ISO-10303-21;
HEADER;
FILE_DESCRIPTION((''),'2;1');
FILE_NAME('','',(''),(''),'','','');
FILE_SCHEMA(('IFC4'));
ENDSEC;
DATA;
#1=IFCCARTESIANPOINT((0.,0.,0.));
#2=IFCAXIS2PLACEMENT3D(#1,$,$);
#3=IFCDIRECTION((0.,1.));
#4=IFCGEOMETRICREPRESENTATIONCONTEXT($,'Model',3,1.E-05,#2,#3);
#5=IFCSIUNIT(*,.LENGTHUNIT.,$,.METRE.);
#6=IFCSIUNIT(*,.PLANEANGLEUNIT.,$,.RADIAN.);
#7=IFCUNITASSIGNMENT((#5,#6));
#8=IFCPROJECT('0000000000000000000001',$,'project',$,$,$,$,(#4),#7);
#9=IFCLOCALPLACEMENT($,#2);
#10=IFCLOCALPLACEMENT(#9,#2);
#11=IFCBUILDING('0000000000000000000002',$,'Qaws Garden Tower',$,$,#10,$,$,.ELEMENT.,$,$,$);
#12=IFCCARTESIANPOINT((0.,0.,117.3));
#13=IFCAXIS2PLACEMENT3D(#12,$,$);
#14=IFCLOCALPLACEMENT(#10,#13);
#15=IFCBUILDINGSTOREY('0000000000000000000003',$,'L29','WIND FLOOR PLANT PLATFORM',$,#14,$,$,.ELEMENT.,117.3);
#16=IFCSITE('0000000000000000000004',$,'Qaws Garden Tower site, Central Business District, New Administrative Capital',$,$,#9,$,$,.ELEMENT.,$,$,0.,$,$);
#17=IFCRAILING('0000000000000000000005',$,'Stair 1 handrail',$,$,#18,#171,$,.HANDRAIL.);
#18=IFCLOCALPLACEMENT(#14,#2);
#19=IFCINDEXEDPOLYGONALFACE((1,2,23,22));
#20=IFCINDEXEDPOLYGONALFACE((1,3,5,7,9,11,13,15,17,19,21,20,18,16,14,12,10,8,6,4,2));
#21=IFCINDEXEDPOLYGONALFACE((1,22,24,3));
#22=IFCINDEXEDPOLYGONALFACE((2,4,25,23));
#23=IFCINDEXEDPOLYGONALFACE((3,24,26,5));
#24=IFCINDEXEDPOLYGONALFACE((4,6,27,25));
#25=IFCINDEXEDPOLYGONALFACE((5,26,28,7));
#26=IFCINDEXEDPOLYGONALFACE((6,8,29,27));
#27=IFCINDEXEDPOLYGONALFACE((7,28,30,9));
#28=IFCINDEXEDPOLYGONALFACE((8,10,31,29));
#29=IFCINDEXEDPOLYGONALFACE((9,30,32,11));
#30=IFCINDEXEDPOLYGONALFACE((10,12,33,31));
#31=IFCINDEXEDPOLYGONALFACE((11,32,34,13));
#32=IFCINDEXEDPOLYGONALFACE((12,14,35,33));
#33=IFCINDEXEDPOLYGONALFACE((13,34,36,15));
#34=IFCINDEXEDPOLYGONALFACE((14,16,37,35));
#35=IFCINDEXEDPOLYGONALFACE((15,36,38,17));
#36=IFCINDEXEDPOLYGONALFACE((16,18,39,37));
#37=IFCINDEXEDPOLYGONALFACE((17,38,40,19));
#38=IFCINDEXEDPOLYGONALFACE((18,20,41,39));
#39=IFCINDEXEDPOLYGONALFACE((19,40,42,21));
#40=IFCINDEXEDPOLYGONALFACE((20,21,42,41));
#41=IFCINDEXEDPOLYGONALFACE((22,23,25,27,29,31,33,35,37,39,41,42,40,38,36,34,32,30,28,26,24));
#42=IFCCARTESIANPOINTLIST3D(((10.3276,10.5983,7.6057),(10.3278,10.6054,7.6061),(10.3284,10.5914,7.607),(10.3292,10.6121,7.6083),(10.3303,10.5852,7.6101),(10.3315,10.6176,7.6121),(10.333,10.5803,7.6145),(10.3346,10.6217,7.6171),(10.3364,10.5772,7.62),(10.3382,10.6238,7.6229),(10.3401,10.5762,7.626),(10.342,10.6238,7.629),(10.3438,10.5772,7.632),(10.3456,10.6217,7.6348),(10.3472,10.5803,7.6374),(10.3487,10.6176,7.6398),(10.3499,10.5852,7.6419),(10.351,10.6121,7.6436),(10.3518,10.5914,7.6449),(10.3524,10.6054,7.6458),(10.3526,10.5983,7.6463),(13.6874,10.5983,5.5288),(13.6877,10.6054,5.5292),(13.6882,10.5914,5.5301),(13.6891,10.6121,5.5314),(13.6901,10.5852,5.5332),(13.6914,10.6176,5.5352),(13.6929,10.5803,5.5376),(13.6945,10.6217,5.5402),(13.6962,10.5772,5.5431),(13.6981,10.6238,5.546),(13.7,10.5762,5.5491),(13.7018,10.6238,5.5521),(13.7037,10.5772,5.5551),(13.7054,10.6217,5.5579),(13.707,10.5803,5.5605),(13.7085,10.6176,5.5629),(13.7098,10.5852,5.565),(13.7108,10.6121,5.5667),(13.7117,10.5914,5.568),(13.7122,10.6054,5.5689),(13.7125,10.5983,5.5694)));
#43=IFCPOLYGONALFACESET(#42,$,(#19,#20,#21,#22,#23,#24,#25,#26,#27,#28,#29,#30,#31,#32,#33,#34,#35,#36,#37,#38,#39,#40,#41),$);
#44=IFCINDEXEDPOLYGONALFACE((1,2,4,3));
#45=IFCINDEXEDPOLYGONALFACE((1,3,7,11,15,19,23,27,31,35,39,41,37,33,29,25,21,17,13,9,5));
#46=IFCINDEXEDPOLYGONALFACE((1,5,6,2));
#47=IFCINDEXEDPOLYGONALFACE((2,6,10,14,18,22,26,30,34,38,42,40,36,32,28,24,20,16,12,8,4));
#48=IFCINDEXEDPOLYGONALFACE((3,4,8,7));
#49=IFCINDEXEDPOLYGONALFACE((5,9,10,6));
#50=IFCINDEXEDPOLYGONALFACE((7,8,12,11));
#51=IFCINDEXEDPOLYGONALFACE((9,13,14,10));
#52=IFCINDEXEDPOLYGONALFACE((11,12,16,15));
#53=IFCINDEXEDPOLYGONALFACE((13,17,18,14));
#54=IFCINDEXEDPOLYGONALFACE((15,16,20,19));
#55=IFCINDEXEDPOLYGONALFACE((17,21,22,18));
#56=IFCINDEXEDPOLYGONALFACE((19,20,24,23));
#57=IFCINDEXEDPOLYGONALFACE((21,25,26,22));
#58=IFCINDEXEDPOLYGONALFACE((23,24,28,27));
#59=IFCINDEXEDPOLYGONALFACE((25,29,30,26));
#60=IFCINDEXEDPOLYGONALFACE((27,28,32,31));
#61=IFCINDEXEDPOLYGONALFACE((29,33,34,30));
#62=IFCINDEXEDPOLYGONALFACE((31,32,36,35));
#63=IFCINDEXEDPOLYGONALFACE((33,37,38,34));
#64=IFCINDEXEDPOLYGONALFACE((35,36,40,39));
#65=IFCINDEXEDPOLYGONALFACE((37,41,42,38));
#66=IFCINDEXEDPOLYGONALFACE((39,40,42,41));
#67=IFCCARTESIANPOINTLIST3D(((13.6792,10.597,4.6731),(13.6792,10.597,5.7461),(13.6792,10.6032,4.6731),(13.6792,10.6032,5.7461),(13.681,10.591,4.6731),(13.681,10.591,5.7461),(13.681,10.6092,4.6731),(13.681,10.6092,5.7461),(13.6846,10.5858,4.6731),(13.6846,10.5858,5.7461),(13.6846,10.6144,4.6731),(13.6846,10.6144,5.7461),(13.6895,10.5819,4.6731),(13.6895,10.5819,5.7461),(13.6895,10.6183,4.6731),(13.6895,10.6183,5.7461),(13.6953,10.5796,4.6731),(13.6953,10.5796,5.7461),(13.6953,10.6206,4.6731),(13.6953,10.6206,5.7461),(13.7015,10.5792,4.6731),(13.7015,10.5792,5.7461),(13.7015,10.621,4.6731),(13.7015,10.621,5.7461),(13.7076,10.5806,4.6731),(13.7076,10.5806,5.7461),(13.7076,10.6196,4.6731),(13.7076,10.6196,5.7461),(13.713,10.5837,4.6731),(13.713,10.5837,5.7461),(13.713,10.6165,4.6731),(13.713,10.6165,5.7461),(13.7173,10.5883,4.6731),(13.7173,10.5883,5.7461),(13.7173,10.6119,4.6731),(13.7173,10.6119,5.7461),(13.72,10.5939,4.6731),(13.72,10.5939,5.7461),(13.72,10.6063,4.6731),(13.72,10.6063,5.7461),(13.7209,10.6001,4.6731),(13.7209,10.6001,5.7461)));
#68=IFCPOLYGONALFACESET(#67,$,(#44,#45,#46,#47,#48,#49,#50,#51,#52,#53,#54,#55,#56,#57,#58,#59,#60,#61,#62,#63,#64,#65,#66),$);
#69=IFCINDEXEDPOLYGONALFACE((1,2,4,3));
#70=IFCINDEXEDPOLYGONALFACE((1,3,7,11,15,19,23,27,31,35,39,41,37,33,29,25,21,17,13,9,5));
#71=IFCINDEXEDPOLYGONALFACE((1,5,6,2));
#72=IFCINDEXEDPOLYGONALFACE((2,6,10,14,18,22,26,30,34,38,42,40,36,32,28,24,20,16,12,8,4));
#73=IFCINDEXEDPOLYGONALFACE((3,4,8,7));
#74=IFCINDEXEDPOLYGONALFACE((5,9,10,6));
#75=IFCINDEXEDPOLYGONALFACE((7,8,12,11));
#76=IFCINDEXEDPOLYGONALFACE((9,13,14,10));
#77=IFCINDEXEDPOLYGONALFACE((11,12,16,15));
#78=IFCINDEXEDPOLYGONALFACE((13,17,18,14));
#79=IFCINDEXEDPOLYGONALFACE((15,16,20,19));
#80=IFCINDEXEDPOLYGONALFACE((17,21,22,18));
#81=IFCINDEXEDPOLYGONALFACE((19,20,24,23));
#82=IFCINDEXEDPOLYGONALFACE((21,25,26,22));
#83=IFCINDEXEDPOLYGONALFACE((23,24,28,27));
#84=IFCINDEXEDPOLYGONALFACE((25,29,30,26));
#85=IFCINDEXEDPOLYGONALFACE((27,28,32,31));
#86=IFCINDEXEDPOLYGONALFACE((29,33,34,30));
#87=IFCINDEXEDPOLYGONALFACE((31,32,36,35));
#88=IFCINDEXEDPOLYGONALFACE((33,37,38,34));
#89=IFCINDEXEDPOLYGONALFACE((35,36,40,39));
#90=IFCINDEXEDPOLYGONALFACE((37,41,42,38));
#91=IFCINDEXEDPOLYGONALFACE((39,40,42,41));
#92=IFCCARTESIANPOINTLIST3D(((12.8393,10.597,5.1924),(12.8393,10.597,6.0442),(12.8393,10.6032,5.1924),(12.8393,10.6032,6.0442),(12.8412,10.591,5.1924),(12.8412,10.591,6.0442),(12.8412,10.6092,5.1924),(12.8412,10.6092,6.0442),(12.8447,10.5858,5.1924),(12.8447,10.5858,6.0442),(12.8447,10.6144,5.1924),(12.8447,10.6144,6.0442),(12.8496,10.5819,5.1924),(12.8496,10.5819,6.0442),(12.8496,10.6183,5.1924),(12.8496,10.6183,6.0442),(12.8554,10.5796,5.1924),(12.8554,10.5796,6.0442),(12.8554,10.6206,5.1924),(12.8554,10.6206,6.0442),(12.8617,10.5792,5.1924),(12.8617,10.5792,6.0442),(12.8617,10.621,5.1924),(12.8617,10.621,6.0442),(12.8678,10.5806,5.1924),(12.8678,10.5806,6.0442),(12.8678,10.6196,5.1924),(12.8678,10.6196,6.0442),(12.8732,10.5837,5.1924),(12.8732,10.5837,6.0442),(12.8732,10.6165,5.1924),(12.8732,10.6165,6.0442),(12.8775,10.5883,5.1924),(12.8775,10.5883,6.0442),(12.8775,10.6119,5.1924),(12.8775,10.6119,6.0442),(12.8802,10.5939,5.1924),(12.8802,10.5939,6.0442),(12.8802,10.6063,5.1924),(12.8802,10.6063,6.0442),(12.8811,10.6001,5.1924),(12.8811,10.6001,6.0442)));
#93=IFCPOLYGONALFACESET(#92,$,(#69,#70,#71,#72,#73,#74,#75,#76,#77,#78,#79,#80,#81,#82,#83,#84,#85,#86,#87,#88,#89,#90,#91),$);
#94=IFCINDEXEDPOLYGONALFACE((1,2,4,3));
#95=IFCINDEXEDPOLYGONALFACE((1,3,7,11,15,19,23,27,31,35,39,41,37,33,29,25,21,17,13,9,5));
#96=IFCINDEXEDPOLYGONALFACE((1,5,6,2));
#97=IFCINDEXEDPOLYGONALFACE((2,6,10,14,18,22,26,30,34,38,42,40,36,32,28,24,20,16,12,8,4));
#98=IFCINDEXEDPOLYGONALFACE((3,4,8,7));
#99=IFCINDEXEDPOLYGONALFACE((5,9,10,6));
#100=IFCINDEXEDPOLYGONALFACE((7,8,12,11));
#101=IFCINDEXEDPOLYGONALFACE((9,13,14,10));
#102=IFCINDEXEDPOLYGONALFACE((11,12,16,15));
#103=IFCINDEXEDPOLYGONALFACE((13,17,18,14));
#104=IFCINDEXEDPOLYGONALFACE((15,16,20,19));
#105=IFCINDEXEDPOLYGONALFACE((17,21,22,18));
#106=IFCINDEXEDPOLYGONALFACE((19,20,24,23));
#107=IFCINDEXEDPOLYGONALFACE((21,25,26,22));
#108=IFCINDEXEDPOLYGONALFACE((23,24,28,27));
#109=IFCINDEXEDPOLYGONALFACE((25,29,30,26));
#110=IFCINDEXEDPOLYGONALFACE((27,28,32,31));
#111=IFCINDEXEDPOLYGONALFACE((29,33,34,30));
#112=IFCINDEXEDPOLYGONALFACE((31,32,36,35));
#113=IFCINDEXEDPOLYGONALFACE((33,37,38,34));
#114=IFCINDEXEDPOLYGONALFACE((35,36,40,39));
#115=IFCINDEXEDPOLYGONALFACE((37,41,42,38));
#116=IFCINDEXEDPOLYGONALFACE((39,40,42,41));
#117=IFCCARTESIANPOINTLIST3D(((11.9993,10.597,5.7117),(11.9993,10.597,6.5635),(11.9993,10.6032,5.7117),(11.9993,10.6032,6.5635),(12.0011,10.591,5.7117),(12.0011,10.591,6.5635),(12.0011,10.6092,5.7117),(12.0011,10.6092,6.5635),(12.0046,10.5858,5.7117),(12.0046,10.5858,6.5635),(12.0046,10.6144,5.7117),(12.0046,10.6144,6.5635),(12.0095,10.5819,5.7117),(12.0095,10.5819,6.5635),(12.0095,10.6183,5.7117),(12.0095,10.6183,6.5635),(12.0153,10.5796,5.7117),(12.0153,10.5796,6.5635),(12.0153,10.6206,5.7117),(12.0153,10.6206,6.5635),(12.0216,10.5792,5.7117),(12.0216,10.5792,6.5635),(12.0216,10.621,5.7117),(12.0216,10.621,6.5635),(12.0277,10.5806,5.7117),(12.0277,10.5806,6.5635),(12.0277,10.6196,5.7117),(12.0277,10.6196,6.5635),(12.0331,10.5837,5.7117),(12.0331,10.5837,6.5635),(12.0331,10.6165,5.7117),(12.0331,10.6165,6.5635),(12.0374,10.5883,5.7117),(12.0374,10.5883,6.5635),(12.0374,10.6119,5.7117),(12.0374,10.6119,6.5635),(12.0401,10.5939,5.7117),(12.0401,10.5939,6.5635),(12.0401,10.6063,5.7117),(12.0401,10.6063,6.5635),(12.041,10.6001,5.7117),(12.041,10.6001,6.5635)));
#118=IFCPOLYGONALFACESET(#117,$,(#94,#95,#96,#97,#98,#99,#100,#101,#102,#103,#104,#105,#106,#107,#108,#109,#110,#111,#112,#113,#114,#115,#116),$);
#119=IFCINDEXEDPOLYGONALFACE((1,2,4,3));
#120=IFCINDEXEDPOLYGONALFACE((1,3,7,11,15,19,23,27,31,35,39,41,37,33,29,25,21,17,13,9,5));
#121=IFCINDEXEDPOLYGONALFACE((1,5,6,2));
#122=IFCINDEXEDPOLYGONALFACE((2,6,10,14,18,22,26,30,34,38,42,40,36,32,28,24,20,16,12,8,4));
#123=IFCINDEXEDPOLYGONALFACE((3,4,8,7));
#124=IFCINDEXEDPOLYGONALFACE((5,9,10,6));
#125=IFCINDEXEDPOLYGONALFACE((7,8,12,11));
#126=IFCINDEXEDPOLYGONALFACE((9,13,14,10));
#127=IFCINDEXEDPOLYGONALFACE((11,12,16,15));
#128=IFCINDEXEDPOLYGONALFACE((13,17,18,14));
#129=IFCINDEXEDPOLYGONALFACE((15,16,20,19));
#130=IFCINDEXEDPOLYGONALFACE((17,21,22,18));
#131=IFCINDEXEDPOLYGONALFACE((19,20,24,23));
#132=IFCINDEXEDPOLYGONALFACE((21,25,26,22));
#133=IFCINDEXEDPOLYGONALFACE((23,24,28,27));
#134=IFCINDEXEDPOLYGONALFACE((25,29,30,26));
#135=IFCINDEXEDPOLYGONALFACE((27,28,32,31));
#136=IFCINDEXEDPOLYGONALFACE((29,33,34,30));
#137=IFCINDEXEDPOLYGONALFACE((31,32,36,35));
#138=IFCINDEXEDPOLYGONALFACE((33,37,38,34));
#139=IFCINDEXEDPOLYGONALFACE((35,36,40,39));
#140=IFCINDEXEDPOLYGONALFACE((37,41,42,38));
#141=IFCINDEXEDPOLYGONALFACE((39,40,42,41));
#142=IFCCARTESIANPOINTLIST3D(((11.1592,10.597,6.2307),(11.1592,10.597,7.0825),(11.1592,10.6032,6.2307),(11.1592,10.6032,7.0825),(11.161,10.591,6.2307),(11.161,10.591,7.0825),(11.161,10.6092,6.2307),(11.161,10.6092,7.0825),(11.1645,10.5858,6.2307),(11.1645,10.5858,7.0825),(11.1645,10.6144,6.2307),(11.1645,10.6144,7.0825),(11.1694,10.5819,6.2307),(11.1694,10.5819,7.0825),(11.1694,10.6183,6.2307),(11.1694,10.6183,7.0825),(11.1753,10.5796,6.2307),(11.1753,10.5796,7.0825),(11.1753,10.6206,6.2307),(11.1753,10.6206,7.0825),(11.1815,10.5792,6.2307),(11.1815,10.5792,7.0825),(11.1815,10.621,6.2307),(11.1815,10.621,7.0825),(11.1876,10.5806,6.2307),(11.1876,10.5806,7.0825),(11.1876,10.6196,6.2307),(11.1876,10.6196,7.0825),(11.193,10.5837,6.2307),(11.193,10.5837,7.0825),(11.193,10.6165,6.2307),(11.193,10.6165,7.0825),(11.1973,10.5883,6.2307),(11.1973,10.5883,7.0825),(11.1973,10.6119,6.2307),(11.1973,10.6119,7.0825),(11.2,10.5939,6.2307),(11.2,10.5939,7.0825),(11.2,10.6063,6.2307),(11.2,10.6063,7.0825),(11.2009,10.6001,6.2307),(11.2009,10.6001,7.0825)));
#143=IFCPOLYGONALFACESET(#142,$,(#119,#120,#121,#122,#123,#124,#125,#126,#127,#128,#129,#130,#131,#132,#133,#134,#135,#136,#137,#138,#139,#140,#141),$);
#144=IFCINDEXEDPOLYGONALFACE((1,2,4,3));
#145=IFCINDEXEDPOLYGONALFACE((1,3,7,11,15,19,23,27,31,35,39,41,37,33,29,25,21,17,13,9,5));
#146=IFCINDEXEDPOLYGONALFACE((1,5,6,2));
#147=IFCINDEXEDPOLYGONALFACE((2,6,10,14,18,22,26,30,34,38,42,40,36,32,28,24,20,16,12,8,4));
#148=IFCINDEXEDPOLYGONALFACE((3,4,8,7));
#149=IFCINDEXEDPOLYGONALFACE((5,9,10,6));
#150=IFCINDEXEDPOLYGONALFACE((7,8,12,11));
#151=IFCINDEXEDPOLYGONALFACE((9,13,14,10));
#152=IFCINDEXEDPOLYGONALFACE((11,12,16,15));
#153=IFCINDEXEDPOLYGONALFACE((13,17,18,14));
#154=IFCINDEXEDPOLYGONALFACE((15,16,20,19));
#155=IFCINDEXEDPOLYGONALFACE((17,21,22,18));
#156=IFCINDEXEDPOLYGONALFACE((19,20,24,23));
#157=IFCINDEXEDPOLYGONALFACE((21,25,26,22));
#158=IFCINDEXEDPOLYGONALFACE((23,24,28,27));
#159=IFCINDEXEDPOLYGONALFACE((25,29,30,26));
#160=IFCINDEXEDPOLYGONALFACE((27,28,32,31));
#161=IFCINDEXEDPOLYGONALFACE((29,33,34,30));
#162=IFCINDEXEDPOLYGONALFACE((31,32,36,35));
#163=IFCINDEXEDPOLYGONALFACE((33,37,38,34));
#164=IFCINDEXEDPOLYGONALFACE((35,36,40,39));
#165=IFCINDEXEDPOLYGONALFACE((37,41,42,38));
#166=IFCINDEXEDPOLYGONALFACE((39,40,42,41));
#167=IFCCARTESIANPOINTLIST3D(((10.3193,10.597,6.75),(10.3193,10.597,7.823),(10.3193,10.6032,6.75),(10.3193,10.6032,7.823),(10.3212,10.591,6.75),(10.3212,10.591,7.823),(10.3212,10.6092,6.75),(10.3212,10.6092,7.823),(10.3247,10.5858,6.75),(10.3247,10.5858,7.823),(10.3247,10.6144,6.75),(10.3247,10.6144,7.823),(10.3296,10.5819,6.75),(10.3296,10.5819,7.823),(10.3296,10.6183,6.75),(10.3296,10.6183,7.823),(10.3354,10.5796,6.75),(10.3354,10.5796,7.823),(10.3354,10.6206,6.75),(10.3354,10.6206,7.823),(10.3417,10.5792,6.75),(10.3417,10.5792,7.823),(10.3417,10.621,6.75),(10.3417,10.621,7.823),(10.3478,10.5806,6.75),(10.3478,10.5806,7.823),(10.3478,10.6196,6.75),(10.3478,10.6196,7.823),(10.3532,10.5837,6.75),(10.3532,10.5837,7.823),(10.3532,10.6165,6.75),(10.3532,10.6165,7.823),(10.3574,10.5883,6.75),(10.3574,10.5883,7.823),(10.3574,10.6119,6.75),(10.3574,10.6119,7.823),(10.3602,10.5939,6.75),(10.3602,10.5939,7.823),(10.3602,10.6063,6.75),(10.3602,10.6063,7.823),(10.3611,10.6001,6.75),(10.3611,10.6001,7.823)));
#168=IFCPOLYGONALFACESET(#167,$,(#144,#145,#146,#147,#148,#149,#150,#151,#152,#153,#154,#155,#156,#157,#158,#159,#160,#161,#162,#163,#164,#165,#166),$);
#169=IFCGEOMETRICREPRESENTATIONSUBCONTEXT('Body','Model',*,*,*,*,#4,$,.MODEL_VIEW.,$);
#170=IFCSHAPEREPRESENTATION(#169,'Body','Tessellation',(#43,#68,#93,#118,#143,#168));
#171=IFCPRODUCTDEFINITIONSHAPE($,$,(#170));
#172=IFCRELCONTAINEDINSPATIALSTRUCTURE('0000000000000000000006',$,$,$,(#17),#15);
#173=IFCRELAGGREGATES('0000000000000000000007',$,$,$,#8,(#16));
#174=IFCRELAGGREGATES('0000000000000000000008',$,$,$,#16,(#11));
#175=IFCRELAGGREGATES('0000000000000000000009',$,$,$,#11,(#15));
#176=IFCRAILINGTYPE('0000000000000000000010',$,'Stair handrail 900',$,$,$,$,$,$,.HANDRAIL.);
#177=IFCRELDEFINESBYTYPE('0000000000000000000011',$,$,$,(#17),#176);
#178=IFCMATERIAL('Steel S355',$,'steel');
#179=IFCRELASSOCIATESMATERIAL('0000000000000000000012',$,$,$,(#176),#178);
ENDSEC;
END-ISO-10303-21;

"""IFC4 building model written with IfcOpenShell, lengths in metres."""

from ifc_helpers import new_model, si_unit, direction, frame, origin, origin_2d, place, context, subcontext, project, spatial, circle, extrude, material, type_object, element, save


model = new_model("IFC4")

# Units and contexts
model_context = context("Model", 3, precision=1e-05, world=origin(), true_north=direction((0.0, 1.0)))
body_context = subcontext(model_context, "Body", "Model", "MODEL_VIEW")
ifc_project = project(units=[si_unit("LENGTHUNIT", "METRE"), si_unit("PLANEANGLEUNIT", "RADIAN")], contexts=[model_context])

# Site, building, storey
site_placement = place(None, origin())
site = spatial("IfcSite", under=ifc_project, at=site_placement, Name="Qaws Garden Tower site, Central Business District, New Administrative Capital", CompositionType="ELEMENT", RefElevation=0.0)
building_placement = place(site_placement, origin())
building = spatial("IfcBuilding", under=site, at=building_placement, Name="Qaws Garden Tower", CompositionType="ELEMENT")
storey_placement = place(building_placement, frame((0.0, 0.0, 117.3)))
storey = spatial("IfcBuildingStorey", under=building, at=storey_placement, Name="L29", Description="WIND FLOOR PLANT PLATFORM", CompositionType="ELEMENT", Elevation=117.3)

# Railing
ifc_material_1 = material(Name="Steel S355", Category="steel")
railing_type_1 = type_object("IfcRailingType", Name="Stair handrail 900", PredefinedType="HANDRAIL", material=ifc_material_1)
railing_1_placement = place(storey_placement, frame((13.7, 10.6001, 4.6731)))
element("IfcRailing", 1, at=railing_1_placement, inside=storey, type_object=railing_type_1, Name="Stair 1 handrail", PredefinedType="HANDRAIL", context=body_context, shape_type="SweptSolid", body=[
    extrude(circle(Radius=0.0239, at=origin_2d()), frame((0.0, 0.0, 0.876), z_axis=(-0.850606, 0.0, 0.525803), x_axis=(0.0, -1.0, 0.0)), (0.0, 0.0, 1.0), 3.95),
    extrude(circle(Radius=0.021, at=origin_2d()), origin(), (0.0, 0.0, 1.0), 1.073),
    extrude(circle(Radius=0.021, at=origin_2d()), frame((-0.8398, 0.0, 0.5193)), (0.0, 0.0, 1.0), 0.8518),
    extrude(circle(Radius=0.021, at=origin_2d()), frame((-1.6799, 0.0, 1.0386)), (0.0, 0.0, 1.0), 0.8518),
    extrude(circle(Radius=0.021, at=origin_2d()), frame((-2.52, 0.0, 1.5576)), (0.0, 0.0, 1.0), 0.8518),
    extrude(circle(Radius=0.021, at=origin_2d()), frame((-3.3599, 0.0, 2.0769)), (0.0, 0.0, 1.0), 1.073),
])

save(model, "model.ifc")
